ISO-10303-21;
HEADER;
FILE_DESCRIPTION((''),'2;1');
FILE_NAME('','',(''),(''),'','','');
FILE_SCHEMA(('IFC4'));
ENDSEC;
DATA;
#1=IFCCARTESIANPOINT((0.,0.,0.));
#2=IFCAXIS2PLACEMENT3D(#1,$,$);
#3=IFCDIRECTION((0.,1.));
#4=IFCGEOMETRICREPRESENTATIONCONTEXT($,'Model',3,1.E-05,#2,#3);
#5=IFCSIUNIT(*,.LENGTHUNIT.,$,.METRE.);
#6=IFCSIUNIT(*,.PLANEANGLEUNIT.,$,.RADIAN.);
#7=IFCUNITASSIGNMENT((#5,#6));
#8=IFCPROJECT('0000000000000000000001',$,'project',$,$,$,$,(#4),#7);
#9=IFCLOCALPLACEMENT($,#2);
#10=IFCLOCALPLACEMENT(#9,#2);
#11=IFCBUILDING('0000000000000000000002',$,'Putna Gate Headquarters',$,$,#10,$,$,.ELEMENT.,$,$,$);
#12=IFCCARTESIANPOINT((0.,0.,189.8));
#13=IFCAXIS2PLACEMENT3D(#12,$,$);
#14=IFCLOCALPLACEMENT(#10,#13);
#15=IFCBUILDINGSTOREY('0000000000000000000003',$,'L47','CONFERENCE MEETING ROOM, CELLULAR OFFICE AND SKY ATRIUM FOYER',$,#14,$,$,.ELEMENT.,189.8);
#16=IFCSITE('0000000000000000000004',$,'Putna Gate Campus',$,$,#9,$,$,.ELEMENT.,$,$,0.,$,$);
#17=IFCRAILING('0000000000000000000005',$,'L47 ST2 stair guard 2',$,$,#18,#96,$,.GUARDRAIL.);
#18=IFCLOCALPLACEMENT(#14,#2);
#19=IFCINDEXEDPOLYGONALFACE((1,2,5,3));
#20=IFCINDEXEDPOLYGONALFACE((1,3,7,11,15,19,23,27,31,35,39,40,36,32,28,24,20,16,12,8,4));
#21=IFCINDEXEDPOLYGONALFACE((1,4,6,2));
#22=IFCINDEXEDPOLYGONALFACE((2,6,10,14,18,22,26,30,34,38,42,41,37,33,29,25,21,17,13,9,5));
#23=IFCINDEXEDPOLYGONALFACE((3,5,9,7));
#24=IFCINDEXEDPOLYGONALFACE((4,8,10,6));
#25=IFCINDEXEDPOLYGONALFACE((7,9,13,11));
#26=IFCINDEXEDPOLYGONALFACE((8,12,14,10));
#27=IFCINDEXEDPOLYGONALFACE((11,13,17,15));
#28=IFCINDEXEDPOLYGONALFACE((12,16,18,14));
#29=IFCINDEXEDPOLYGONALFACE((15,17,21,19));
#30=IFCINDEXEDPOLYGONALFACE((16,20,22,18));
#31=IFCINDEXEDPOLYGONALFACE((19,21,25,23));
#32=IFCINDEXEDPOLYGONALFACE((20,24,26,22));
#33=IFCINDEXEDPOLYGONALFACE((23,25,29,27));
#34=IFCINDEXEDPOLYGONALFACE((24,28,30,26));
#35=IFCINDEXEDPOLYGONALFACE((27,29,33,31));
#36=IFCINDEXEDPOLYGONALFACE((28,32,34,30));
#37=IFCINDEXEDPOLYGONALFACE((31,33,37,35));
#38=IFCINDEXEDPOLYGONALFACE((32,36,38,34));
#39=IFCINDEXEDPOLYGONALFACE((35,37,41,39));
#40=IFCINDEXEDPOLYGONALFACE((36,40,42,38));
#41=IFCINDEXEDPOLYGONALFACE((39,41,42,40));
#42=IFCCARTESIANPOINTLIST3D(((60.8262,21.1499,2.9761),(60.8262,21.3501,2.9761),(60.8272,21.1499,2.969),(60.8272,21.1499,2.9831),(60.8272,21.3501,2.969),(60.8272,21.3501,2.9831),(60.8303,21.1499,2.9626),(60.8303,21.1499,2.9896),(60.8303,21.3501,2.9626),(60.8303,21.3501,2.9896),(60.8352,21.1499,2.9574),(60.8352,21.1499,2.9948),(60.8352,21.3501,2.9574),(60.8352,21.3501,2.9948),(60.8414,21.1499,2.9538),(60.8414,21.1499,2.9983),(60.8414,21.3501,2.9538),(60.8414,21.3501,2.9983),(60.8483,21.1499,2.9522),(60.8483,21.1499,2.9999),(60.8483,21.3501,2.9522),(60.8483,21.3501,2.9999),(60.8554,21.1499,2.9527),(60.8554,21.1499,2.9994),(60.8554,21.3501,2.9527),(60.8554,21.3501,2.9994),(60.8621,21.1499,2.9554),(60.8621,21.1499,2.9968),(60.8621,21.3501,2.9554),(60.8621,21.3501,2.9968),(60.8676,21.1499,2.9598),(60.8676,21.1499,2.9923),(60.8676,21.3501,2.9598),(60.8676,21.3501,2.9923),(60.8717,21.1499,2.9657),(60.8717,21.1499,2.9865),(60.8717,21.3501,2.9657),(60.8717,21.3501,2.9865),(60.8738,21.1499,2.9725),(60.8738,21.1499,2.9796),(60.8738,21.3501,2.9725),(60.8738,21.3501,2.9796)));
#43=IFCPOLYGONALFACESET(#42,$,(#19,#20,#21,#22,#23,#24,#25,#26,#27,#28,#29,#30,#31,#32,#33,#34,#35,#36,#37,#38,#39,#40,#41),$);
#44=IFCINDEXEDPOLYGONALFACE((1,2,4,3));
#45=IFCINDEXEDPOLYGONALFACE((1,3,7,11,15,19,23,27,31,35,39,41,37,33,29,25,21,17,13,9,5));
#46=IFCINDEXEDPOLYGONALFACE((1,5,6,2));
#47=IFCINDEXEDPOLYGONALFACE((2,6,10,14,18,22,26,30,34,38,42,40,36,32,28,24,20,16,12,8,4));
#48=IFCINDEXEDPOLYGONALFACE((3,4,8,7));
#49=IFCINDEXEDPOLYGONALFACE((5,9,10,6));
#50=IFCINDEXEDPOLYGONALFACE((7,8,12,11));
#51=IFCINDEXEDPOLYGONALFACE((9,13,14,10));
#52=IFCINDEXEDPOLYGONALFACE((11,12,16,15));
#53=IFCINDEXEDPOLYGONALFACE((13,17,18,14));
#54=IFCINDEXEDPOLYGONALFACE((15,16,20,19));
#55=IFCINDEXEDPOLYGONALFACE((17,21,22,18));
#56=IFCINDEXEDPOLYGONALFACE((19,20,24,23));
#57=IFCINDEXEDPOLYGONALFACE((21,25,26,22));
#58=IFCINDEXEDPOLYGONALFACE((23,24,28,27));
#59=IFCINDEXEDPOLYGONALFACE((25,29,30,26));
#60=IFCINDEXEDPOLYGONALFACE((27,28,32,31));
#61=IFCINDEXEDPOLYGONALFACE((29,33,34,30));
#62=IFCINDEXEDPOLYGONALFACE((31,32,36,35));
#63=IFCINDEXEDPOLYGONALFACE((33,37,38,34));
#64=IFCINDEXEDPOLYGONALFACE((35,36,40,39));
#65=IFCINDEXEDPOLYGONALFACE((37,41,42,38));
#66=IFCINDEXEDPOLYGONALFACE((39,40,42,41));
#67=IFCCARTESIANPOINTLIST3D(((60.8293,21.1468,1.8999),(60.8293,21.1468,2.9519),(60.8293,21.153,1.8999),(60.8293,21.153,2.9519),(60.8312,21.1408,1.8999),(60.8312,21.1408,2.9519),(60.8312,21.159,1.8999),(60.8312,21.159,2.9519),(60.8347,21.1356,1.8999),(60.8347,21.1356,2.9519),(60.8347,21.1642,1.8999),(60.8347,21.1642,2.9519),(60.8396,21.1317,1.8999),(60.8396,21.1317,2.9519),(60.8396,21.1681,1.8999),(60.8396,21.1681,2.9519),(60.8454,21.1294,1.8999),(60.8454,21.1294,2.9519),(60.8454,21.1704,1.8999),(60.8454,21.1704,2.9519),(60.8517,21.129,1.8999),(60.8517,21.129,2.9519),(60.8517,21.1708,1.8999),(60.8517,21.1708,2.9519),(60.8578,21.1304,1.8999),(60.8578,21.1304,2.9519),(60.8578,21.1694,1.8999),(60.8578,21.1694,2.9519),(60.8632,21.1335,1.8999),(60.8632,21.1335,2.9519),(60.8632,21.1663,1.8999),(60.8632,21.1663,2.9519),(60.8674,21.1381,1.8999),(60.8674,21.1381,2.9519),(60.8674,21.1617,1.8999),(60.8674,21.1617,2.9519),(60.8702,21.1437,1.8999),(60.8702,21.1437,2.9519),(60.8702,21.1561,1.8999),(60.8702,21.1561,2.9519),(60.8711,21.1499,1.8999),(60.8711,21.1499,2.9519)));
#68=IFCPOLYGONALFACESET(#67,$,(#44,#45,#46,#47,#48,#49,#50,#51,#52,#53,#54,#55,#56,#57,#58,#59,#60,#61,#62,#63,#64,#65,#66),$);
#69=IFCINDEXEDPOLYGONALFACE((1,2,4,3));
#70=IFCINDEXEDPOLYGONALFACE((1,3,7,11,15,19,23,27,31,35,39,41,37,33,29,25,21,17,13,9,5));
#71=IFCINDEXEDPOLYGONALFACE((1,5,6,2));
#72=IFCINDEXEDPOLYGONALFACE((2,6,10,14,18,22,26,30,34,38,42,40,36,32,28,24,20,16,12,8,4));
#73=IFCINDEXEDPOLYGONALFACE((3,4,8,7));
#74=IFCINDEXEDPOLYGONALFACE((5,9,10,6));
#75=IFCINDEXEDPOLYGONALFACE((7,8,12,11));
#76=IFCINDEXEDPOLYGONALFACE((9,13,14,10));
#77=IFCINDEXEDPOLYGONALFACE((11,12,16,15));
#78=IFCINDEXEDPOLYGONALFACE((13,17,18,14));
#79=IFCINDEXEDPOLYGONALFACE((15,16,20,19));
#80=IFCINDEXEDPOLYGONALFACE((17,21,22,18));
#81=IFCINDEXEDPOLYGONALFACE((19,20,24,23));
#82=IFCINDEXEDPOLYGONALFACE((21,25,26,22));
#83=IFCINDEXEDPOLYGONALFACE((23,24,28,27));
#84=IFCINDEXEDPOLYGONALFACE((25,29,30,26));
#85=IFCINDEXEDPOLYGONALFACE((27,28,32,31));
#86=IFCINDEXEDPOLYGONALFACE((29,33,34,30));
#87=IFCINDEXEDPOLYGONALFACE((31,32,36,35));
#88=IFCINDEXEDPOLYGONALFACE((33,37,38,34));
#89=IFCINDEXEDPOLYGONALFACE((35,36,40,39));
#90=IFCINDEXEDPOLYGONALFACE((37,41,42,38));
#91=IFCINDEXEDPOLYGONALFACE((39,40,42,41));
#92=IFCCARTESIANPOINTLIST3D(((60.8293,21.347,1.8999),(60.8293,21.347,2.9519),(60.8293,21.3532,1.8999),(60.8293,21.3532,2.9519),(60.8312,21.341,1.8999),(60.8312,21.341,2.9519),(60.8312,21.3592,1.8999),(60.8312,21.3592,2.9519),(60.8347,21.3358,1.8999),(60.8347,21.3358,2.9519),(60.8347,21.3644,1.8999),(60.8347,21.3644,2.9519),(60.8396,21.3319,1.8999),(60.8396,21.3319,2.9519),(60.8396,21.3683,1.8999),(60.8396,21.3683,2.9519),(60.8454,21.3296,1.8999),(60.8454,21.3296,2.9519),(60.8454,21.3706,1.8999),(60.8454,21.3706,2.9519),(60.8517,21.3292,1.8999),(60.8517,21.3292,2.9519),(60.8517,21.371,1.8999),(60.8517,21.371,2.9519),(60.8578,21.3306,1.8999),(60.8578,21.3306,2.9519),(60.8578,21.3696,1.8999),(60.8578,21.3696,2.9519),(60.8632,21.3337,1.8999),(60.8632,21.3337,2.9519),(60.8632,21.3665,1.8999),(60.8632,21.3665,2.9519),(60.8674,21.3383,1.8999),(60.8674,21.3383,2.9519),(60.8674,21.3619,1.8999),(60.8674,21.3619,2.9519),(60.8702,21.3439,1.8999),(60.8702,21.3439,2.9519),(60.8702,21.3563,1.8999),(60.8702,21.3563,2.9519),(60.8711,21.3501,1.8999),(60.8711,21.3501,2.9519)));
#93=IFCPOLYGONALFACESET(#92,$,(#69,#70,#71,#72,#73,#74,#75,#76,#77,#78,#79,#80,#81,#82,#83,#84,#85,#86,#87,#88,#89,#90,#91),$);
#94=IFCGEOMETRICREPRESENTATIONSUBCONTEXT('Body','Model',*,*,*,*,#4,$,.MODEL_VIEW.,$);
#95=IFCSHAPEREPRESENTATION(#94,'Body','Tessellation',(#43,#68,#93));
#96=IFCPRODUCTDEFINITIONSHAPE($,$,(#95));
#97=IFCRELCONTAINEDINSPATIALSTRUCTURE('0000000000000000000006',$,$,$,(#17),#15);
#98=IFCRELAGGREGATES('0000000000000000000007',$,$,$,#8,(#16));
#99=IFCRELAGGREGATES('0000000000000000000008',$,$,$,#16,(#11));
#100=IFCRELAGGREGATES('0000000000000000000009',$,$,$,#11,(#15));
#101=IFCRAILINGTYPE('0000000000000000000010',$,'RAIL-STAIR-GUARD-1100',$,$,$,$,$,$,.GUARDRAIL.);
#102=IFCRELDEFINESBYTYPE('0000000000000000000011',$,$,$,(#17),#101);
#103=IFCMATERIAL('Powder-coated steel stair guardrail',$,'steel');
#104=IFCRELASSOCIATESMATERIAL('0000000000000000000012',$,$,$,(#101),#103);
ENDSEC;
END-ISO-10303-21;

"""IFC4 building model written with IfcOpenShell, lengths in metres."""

from ifc_helpers import new_model, si_unit, direction, frame, origin, origin_2d, place, context, subcontext, project, spatial, circle, extrude, material, type_object, element, save


model = new_model("IFC4")

# Units and contexts
model_context = context("Model", 3, precision=1e-05, world=origin(), true_north=direction((0.0, 1.0)))
body_context = subcontext(model_context, "Body", "Model", "MODEL_VIEW")
ifc_project = project(units=[si_unit("LENGTHUNIT", "METRE"), si_unit("PLANEANGLEUNIT", "RADIAN")], contexts=[model_context])

# Site, building, storey
site_placement = place(None, origin())
site = spatial("IfcSite", under=ifc_project, at=site_placement, Name="Putna Gate Campus", CompositionType="ELEMENT", RefElevation=0.0)
building_placement = place(site_placement, origin())
building = spatial("IfcBuilding", under=site, at=building_placement, Name="Putna Gate Headquarters", CompositionType="ELEMENT")
storey_placement = place(building_placement, frame((0.0, 0.0, 189.8)))
storey = spatial("IfcBuildingStorey", under=building, at=storey_placement, Name="L47", Description="CONFERENCE MEETING ROOM, CELLULAR OFFICE AND SKY ATRIUM FOYER", CompositionType="ELEMENT", Elevation=189.8)

# Railing
ifc_material_1 = material(Name="Powder-coated steel stair guardrail", Category="steel")
railing_type_1 = type_object("IfcRailingType", Name="RAIL-STAIR-GUARD-1100", PredefinedType="GUARDRAIL", material=ifc_material_1)
railing_1_placement = place(storey_placement, frame((60.8501, 21.1499, 1.8999)))
element("IfcRailing", 1, at=railing_1_placement, inside=storey, type_object=railing_type_1, Name="L47 ST2 stair guard 2", PredefinedType="GUARDRAIL", context=body_context, shape_type="SweptSolid", body=[
    extrude(circle(Radius=0.0239, at=origin_2d()), frame((0.0, 0.0, 1.0762), z_axis=(0.0, 1.0, 0.0), x_axis=(-1.0, 0.0, 0.0)), (0.0, 0.0, 1.0), 0.2002),
    extrude(circle(Radius=0.021, at=origin_2d()), origin(), (0.0, 0.0, 1.0), 1.052),
    extrude(circle(Radius=0.021, at=origin_2d()), frame((0.0, 0.2002, 0.0)), (0.0, 0.0, 1.0), 1.052),
])

save(model, "model.ifc")
